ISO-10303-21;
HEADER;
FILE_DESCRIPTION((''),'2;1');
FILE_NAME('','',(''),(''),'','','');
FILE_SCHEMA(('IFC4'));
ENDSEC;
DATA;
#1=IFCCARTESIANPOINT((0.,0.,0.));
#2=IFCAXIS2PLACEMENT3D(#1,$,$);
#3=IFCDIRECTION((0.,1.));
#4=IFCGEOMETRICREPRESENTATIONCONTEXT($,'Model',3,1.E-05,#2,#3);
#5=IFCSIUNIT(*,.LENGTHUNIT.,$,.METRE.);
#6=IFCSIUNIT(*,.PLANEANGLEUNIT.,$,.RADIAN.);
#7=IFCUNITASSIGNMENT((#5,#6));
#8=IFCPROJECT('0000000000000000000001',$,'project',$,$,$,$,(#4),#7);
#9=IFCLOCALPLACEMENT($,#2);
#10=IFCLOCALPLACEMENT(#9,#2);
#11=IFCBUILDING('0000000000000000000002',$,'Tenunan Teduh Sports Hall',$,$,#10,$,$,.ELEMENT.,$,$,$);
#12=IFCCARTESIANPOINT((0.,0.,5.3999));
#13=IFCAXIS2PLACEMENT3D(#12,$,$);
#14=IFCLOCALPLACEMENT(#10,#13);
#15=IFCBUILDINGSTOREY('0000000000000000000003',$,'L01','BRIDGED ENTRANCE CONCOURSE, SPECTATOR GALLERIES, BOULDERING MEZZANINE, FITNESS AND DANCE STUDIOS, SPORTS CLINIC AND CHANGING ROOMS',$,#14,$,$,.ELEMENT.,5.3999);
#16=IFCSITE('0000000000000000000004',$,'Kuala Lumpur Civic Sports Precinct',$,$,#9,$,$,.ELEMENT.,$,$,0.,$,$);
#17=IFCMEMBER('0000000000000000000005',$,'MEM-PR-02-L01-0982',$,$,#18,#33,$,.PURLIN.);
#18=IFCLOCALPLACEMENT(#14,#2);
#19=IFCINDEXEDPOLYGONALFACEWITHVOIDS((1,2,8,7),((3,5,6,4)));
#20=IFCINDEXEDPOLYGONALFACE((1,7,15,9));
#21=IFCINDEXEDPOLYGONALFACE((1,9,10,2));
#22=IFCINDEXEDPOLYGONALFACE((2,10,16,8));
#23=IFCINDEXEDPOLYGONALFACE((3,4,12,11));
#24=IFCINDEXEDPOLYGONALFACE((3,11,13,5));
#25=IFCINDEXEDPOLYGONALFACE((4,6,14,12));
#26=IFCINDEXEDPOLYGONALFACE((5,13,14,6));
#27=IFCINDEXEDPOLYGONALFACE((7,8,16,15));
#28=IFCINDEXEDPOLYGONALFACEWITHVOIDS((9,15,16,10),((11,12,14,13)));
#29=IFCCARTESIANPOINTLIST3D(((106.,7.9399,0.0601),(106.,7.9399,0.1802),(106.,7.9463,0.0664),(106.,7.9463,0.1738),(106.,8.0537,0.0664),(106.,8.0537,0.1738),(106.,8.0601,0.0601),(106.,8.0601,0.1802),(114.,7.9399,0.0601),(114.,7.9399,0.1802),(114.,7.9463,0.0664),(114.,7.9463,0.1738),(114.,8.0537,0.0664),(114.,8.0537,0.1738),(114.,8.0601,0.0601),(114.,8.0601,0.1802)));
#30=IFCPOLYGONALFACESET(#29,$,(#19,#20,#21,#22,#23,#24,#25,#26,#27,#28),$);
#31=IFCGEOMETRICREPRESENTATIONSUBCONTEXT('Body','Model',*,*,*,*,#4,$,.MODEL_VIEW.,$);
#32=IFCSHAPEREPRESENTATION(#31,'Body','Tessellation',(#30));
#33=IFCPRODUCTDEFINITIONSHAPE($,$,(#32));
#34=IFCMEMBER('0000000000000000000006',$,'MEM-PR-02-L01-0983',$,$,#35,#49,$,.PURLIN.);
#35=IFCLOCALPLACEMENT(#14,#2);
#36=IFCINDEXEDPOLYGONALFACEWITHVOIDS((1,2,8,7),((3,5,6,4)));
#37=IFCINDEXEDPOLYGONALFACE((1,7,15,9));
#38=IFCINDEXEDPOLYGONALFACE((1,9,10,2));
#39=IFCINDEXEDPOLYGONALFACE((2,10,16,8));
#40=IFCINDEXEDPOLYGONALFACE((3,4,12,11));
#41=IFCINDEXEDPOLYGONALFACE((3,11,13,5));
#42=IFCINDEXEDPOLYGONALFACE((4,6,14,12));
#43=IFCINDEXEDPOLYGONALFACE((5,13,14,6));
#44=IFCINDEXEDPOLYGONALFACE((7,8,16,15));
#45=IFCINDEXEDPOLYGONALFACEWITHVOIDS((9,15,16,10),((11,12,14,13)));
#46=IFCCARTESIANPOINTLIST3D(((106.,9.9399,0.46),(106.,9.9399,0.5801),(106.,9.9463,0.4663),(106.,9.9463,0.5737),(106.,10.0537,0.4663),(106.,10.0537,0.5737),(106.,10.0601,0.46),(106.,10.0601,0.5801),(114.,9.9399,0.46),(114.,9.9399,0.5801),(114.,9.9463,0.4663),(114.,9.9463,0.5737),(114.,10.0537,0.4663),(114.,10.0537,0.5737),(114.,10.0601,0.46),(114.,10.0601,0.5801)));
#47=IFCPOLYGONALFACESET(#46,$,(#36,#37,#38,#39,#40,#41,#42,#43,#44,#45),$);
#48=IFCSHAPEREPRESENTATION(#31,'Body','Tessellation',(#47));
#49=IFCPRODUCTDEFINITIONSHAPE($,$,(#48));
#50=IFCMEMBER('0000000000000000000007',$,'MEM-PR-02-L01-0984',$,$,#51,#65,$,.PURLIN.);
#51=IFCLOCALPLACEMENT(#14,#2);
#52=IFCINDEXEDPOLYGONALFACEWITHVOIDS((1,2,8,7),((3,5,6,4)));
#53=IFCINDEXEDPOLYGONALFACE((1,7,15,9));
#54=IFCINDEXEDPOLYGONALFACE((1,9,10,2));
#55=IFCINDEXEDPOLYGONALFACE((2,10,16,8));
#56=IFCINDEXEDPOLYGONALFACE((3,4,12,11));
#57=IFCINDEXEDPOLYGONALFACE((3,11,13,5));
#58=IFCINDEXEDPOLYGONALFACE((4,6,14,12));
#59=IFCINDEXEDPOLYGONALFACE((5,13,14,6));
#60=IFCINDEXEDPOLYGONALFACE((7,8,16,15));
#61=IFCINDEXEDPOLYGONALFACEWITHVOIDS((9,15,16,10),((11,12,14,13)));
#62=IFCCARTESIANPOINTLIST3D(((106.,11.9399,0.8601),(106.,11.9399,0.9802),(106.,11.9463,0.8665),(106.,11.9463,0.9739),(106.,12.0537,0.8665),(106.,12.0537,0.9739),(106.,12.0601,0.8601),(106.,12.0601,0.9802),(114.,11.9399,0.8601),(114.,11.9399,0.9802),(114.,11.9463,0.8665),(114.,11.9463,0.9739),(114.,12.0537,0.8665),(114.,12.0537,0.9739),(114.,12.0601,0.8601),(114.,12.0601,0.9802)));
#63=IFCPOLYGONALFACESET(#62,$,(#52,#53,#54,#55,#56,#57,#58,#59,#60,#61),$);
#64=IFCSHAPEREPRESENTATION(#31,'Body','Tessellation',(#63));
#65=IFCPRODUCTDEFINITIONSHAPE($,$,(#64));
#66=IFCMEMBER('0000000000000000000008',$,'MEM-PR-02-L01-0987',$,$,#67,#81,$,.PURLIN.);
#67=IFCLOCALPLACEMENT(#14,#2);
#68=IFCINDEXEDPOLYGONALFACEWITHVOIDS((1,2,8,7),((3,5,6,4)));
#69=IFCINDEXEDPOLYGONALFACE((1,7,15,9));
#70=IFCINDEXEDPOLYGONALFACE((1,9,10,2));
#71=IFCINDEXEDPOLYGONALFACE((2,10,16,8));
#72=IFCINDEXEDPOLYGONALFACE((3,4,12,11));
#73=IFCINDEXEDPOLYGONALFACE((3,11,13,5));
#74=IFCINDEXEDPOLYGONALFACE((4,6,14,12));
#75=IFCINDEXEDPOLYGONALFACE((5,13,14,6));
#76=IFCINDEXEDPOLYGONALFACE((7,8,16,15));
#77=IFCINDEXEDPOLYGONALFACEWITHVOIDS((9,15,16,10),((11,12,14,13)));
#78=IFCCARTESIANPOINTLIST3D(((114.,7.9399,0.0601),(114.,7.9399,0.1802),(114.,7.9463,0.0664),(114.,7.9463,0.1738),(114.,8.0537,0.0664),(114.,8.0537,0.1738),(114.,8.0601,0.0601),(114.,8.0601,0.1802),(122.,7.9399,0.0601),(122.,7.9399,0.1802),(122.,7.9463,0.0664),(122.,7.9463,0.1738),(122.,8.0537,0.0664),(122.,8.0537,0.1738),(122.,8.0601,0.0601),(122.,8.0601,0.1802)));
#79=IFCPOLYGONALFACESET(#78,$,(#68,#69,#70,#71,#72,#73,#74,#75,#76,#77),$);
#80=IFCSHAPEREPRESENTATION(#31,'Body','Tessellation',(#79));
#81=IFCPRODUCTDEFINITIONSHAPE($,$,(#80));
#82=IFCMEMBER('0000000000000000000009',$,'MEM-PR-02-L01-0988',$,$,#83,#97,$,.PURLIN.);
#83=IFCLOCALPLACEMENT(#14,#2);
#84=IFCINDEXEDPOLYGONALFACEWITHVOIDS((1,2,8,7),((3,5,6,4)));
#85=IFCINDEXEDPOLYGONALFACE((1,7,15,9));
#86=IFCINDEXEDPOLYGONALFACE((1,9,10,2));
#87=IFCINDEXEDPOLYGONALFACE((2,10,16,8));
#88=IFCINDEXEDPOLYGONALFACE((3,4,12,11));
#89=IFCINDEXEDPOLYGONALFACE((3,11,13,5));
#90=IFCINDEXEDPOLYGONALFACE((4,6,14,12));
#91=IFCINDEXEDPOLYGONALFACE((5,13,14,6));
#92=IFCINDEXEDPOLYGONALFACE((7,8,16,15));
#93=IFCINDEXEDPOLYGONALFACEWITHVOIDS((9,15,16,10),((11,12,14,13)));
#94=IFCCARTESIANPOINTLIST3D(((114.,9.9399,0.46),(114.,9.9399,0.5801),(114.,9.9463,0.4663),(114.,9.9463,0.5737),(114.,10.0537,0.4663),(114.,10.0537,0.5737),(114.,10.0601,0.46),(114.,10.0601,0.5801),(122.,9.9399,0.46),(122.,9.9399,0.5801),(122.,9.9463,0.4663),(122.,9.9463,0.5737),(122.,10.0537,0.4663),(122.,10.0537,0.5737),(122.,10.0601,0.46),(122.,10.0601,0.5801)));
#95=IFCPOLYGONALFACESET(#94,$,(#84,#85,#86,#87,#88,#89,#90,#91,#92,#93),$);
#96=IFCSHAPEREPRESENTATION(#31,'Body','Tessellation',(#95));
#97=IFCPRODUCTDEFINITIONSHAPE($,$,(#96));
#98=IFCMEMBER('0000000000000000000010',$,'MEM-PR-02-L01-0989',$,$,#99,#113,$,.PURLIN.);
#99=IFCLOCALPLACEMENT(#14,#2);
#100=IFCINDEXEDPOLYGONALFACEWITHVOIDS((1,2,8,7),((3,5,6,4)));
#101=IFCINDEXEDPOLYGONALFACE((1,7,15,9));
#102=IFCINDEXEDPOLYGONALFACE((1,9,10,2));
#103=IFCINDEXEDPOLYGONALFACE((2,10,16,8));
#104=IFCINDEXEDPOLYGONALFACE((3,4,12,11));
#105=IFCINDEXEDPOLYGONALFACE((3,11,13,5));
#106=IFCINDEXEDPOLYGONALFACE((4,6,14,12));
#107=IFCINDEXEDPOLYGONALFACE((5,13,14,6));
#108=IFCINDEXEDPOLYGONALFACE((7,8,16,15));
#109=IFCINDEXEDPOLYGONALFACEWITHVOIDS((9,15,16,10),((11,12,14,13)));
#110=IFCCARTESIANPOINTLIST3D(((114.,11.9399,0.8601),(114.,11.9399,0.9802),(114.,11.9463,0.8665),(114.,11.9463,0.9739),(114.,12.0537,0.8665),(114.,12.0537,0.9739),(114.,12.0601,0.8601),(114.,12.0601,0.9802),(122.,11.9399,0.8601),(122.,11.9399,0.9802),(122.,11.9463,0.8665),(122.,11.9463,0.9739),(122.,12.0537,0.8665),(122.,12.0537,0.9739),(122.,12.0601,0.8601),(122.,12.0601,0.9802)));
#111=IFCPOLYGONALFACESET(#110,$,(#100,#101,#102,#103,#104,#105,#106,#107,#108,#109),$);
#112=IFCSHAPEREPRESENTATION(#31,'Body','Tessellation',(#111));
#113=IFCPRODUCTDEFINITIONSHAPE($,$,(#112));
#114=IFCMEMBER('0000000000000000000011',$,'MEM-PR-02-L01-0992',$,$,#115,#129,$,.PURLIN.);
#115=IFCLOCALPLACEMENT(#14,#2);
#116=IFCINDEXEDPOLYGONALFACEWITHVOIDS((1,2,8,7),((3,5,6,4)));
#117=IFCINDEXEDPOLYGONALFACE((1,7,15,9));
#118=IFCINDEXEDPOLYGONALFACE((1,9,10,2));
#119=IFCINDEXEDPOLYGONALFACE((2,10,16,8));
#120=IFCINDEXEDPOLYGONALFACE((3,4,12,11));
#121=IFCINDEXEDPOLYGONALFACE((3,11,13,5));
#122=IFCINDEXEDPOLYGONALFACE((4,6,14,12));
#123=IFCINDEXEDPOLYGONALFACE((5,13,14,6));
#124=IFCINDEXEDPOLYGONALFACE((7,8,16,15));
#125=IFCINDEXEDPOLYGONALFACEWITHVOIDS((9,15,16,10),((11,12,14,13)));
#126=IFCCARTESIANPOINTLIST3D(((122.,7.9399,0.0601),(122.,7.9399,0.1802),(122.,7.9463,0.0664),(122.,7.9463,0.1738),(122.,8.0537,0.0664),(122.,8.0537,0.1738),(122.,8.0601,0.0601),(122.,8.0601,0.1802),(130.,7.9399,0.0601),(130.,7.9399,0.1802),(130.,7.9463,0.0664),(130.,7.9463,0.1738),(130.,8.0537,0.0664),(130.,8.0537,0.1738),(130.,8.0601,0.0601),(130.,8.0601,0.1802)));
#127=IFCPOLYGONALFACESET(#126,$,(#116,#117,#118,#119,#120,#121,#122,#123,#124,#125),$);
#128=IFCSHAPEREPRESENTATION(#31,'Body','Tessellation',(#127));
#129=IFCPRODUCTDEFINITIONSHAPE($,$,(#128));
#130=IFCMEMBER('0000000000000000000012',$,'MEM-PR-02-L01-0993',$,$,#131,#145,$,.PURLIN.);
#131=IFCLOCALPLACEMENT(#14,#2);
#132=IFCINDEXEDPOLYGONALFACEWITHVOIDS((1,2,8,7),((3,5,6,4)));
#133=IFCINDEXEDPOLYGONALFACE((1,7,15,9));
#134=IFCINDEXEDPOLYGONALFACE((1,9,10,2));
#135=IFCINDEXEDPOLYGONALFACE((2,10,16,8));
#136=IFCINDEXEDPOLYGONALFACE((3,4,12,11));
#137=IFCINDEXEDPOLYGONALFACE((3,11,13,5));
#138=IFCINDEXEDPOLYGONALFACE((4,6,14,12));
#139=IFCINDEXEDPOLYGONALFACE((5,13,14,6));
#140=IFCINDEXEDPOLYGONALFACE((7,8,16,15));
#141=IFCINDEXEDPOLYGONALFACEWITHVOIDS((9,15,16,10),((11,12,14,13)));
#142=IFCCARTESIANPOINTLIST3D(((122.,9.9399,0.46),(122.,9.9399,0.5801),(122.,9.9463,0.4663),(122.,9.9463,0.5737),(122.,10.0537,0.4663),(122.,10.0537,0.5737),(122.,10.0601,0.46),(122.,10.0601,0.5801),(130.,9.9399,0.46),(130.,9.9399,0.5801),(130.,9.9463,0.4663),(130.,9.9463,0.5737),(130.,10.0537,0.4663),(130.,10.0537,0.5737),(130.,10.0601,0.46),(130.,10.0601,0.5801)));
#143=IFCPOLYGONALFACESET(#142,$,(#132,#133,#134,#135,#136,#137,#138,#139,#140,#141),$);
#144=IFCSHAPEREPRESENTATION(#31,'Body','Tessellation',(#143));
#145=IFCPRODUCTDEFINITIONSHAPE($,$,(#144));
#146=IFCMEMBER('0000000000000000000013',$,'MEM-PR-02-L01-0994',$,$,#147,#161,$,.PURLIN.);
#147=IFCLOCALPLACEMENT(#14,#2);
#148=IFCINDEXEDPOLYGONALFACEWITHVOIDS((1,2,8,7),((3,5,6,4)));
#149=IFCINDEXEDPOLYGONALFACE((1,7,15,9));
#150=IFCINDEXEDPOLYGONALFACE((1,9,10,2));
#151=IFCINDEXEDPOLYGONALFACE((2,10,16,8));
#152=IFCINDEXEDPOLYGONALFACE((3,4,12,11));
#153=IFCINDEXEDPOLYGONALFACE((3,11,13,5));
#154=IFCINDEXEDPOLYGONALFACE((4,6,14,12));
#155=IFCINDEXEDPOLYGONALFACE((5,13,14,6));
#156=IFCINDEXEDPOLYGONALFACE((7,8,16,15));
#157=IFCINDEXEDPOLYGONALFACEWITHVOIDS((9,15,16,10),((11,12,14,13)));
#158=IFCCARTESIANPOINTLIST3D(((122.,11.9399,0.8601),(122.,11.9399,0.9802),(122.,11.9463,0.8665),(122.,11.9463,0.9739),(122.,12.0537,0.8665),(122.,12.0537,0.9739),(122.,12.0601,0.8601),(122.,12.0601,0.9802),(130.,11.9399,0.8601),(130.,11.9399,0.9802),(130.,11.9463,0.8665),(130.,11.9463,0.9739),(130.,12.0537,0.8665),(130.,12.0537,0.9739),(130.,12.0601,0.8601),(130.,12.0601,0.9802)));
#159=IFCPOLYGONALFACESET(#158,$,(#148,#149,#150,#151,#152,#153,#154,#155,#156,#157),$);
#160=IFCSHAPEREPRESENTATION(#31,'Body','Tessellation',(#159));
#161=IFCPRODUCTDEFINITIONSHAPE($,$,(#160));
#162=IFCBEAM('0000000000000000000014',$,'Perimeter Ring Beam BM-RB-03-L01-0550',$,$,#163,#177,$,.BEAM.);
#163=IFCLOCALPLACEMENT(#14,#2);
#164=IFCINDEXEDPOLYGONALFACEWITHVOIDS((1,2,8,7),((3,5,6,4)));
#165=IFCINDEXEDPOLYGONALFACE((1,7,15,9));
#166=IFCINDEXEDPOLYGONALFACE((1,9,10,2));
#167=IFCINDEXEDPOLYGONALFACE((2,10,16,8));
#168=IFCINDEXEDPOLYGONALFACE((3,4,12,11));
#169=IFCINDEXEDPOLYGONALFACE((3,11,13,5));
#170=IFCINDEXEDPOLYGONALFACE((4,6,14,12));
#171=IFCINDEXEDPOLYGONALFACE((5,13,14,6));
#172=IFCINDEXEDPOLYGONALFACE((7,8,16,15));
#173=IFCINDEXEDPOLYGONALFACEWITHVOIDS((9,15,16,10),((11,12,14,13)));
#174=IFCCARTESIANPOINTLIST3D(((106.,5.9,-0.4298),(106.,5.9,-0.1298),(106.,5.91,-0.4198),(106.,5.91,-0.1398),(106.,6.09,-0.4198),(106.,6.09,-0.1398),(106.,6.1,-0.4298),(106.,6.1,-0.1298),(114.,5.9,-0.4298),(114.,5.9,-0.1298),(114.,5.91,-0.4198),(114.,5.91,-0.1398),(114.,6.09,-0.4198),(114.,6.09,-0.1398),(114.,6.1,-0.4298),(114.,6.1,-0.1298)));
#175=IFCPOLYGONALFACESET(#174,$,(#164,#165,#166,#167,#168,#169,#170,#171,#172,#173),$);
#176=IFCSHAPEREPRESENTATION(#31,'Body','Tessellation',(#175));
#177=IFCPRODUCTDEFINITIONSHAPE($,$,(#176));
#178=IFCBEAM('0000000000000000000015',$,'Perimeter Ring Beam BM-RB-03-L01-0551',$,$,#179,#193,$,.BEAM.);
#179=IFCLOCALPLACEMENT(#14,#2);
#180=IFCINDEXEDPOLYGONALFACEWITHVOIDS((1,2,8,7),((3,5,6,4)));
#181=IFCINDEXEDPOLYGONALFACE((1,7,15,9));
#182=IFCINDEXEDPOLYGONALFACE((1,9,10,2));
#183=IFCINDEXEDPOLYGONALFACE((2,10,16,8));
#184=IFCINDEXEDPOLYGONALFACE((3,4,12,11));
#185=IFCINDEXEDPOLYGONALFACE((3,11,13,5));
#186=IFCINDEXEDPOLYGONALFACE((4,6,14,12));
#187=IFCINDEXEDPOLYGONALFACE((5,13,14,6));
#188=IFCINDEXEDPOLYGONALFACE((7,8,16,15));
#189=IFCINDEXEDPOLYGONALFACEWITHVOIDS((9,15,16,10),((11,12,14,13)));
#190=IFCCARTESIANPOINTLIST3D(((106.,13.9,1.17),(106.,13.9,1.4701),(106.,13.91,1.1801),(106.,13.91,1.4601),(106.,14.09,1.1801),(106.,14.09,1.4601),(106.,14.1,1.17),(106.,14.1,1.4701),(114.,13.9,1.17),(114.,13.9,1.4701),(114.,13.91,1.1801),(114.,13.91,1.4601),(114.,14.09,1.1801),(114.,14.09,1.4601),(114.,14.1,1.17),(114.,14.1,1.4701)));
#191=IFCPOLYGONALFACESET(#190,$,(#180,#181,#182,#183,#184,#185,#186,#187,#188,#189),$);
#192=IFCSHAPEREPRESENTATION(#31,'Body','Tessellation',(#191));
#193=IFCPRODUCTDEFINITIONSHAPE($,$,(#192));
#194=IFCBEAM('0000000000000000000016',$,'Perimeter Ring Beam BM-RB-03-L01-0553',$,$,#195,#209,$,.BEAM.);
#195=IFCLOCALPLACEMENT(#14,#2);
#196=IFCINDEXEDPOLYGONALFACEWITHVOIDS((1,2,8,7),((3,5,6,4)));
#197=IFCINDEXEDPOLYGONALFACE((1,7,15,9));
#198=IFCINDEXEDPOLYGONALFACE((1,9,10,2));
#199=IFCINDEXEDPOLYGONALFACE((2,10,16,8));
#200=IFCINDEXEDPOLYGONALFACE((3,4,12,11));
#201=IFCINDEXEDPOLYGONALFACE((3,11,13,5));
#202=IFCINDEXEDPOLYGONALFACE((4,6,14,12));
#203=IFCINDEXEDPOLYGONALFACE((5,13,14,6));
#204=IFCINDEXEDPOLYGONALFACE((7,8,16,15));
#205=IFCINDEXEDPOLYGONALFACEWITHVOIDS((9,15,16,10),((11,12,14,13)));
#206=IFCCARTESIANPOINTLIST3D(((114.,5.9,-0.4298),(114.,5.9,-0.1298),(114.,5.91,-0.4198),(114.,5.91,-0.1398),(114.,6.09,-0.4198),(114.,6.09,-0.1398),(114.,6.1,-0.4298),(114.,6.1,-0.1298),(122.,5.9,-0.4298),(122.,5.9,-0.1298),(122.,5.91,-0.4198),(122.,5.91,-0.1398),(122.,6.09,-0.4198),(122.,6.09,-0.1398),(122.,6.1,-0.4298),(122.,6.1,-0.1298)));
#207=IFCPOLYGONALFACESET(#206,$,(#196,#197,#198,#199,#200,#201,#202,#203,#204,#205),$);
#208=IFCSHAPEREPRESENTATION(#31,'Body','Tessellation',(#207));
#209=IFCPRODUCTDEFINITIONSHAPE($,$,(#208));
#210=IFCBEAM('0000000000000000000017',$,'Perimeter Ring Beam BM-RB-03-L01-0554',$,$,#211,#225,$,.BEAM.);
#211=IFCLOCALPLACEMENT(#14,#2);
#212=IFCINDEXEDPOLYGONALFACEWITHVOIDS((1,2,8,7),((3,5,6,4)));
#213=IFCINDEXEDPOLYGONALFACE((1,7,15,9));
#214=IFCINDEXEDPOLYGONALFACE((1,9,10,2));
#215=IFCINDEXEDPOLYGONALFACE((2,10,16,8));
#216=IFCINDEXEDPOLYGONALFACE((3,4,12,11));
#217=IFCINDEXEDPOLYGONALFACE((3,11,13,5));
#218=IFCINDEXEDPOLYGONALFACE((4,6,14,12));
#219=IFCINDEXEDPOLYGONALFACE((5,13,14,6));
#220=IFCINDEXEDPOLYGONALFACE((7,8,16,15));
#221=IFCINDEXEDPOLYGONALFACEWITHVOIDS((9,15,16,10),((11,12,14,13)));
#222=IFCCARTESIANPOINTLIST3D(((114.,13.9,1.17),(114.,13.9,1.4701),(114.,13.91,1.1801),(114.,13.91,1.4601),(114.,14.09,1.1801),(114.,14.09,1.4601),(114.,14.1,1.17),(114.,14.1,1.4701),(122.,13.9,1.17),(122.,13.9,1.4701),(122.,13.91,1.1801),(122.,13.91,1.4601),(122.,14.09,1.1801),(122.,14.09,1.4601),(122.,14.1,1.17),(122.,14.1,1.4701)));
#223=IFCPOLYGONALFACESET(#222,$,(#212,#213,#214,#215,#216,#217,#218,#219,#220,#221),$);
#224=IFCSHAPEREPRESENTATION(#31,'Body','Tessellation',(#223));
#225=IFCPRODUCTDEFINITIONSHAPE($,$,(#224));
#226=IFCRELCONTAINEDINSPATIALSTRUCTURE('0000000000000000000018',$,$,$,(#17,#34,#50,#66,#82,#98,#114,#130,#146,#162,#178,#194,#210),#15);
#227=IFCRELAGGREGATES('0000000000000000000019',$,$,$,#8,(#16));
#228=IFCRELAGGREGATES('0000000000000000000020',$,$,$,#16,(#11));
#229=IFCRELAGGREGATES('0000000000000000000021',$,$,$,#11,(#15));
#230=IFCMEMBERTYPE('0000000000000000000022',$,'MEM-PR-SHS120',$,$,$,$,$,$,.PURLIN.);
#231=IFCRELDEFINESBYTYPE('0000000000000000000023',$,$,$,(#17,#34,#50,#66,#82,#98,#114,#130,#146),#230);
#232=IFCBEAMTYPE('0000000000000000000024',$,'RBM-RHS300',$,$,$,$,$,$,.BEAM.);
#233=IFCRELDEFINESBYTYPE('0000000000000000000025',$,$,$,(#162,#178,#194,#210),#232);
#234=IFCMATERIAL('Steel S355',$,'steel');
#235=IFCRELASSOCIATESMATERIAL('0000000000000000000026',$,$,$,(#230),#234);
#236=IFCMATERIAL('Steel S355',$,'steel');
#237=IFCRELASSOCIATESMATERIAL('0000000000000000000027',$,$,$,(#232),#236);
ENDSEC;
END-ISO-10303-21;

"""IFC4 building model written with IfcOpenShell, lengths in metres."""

from ifc_helpers import new_model, si_unit, direction, frame, origin, origin_2d, place, context, subcontext, project, spatial, hollow_rectangle, extrude, material, material_profile, profile_set, type_object, element, save


model = new_model("IFC4")

# Units and contexts
model_context = context("Model", 3, precision=1e-05, world=origin(), true_north=direction((0.0, 1.0)))
body_context = subcontext(model_context, "Body", "Model", "MODEL_VIEW")
ifc_project = project(units=[si_unit("LENGTHUNIT", "METRE"), si_unit("PLANEANGLEUNIT", "RADIAN")], contexts=[model_context])

# Site, building, storey
site_placement = place(None, origin())
site = spatial("IfcSite", under=ifc_project, at=site_placement, Name="Kuala Lumpur Civic Sports Precinct", CompositionType="ELEMENT", RefElevation=0.0)
building_placement = place(site_placement, origin())
building = spatial("IfcBuilding", under=site, at=building_placement, Name="Tenunan Teduh Sports Hall", CompositionType="ELEMENT")
storey_placement = place(building_placement, frame((0.0, 0.0, 5.3999)))
storey = spatial("IfcBuildingStorey", under=building, at=storey_placement, Name="L01", Description="BRIDGED ENTRANCE CONCOURSE, SPECTATOR GALLERIES, BOULDERING MEZZANINE, FITNESS AND DANCE STUDIOS, SPORTS CLINIC AND CHANGING ROOMS", CompositionType="ELEMENT", Elevation=5.3999)

# Members
ifc_material_1 = material(Name="Steel S355", Category="steel")
ifc_material_profile_1 = material_profile(ifc_material_1, hollow_rectangle(XDim=0.1201, YDim=0.1201, WallThickness=0.0063, at=origin_2d()), Name="SHS 120x120x6.3")
ifc_profile_set_1 = profile_set([ifc_material_profile_1], Name="Steel S355")
member_type_1 = type_object("IfcMemberType", Name="MEM-PR-SHS120", PredefinedType="PURLIN", material=ifc_profile_set_1)
for number, where, z_axis, x_axis, name in (
    (1, (106.0, 8.0, 0.1201), (1.0, 0.0, 0.0), (0.0, 1.0, 0.0), "MEM-PR-02-L01-0982"),
    (2, (106.0, 10.0, 0.52), (1.0, 0.0, 0.0), (0.0, 1.0, 0.0), "MEM-PR-02-L01-0983"),
    (3, (106.0, 12.0, 0.9202), (1.0, 0.0, 0.0), (0.0, 1.0, 0.0), "MEM-PR-02-L01-0984"),
    (4, (114.0, 8.0, 0.1201), (1.0, 0.0, 0.0), (0.0, 1.0, 0.0), "MEM-PR-02-L01-0987"),
    (5, (114.0, 10.0, 0.52), (1.0, 0.0, 0.0), (0.0, 1.0, 0.0), "MEM-PR-02-L01-0988"),
    (6, (114.0, 12.0, 0.9202), (1.0, 0.0, 0.0), (0.0, 1.0, 0.0), "MEM-PR-02-L01-0989"),
    (7, (122.0, 8.0, 0.1201), (1.0, 0.0, 0.0), (0.0, 1.0, 0.0), "MEM-PR-02-L01-0992"),
    (8, (122.0, 10.0, 0.52), (1.0, 0.0, 0.0), (0.0, 1.0, 0.0), "MEM-PR-02-L01-0993"),
    (9, (122.0, 12.0, 0.9202), (1.0, 0.0, 0.0), (0.0, 1.0, 0.0), "MEM-PR-02-L01-0994"),
):
    element("IfcMember", number, at=place(storey_placement, frame(where, z_axis=z_axis, x_axis=x_axis)), inside=storey, type_object=member_type_1, Name=name, PredefinedType="PURLIN", context=body_context, shape_type="SweptSolid", body=[
        extrude(hollow_rectangle(XDim=0.1201, YDim=0.1201, WallThickness=0.0063, at=origin_2d()), origin(), (0.0, 0.0, 1.0), 8.0),
    ])

# Beams
ifc_material_2 = material(Name="Steel S355", Category="steel")
ifc_material_profile_2 = material_profile(ifc_material_2, hollow_rectangle(XDim=0.2, YDim=0.3, WallThickness=0.01, at=origin_2d()), Name="RHS 300x200x10.0")
ifc_profile_set_2 = profile_set([ifc_material_profile_2], Name="Steel S355")
beam_type_1 = type_object("IfcBeamType", Name="RBM-RHS300", PredefinedType="BEAM", material=ifc_profile_set_2)
for number, where, z_axis, x_axis, name in (
    (10, (106.0, 6.0, -0.2798), (1.0, 0.0, 0.0), (0.0, 1.0, 0.0), "Perimeter Ring Beam BM-RB-03-L01-0550"),
    (11, (106.0, 14.0, 1.3201), (1.0, 0.0, 0.0), (0.0, 1.0, 0.0), "Perimeter Ring Beam BM-RB-03-L01-0551"),
    (12, (114.0, 6.0, -0.2798), (1.0, 0.0, 0.0), (0.0, 1.0, 0.0), "Perimeter Ring Beam BM-RB-03-L01-0553"),
    (13, (114.0, 14.0, 1.3201), (1.0, 0.0, 0.0), (0.0, 1.0, 0.0), "Perimeter Ring Beam BM-RB-03-L01-0554"),
):
    element("IfcBeam", number, at=place(storey_placement, frame(where, z_axis=z_axis, x_axis=x_axis)), inside=storey, type_object=beam_type_1, Name=name, PredefinedType="BEAM", context=body_context, shape_type="SweptSolid", body=[
        extrude(hollow_rectangle(XDim=0.2, YDim=0.3, WallThickness=0.01, at=origin_2d()), origin(), (0.0, 0.0, 1.0), 8.0),
    ])

save(model, "model.ifc")
